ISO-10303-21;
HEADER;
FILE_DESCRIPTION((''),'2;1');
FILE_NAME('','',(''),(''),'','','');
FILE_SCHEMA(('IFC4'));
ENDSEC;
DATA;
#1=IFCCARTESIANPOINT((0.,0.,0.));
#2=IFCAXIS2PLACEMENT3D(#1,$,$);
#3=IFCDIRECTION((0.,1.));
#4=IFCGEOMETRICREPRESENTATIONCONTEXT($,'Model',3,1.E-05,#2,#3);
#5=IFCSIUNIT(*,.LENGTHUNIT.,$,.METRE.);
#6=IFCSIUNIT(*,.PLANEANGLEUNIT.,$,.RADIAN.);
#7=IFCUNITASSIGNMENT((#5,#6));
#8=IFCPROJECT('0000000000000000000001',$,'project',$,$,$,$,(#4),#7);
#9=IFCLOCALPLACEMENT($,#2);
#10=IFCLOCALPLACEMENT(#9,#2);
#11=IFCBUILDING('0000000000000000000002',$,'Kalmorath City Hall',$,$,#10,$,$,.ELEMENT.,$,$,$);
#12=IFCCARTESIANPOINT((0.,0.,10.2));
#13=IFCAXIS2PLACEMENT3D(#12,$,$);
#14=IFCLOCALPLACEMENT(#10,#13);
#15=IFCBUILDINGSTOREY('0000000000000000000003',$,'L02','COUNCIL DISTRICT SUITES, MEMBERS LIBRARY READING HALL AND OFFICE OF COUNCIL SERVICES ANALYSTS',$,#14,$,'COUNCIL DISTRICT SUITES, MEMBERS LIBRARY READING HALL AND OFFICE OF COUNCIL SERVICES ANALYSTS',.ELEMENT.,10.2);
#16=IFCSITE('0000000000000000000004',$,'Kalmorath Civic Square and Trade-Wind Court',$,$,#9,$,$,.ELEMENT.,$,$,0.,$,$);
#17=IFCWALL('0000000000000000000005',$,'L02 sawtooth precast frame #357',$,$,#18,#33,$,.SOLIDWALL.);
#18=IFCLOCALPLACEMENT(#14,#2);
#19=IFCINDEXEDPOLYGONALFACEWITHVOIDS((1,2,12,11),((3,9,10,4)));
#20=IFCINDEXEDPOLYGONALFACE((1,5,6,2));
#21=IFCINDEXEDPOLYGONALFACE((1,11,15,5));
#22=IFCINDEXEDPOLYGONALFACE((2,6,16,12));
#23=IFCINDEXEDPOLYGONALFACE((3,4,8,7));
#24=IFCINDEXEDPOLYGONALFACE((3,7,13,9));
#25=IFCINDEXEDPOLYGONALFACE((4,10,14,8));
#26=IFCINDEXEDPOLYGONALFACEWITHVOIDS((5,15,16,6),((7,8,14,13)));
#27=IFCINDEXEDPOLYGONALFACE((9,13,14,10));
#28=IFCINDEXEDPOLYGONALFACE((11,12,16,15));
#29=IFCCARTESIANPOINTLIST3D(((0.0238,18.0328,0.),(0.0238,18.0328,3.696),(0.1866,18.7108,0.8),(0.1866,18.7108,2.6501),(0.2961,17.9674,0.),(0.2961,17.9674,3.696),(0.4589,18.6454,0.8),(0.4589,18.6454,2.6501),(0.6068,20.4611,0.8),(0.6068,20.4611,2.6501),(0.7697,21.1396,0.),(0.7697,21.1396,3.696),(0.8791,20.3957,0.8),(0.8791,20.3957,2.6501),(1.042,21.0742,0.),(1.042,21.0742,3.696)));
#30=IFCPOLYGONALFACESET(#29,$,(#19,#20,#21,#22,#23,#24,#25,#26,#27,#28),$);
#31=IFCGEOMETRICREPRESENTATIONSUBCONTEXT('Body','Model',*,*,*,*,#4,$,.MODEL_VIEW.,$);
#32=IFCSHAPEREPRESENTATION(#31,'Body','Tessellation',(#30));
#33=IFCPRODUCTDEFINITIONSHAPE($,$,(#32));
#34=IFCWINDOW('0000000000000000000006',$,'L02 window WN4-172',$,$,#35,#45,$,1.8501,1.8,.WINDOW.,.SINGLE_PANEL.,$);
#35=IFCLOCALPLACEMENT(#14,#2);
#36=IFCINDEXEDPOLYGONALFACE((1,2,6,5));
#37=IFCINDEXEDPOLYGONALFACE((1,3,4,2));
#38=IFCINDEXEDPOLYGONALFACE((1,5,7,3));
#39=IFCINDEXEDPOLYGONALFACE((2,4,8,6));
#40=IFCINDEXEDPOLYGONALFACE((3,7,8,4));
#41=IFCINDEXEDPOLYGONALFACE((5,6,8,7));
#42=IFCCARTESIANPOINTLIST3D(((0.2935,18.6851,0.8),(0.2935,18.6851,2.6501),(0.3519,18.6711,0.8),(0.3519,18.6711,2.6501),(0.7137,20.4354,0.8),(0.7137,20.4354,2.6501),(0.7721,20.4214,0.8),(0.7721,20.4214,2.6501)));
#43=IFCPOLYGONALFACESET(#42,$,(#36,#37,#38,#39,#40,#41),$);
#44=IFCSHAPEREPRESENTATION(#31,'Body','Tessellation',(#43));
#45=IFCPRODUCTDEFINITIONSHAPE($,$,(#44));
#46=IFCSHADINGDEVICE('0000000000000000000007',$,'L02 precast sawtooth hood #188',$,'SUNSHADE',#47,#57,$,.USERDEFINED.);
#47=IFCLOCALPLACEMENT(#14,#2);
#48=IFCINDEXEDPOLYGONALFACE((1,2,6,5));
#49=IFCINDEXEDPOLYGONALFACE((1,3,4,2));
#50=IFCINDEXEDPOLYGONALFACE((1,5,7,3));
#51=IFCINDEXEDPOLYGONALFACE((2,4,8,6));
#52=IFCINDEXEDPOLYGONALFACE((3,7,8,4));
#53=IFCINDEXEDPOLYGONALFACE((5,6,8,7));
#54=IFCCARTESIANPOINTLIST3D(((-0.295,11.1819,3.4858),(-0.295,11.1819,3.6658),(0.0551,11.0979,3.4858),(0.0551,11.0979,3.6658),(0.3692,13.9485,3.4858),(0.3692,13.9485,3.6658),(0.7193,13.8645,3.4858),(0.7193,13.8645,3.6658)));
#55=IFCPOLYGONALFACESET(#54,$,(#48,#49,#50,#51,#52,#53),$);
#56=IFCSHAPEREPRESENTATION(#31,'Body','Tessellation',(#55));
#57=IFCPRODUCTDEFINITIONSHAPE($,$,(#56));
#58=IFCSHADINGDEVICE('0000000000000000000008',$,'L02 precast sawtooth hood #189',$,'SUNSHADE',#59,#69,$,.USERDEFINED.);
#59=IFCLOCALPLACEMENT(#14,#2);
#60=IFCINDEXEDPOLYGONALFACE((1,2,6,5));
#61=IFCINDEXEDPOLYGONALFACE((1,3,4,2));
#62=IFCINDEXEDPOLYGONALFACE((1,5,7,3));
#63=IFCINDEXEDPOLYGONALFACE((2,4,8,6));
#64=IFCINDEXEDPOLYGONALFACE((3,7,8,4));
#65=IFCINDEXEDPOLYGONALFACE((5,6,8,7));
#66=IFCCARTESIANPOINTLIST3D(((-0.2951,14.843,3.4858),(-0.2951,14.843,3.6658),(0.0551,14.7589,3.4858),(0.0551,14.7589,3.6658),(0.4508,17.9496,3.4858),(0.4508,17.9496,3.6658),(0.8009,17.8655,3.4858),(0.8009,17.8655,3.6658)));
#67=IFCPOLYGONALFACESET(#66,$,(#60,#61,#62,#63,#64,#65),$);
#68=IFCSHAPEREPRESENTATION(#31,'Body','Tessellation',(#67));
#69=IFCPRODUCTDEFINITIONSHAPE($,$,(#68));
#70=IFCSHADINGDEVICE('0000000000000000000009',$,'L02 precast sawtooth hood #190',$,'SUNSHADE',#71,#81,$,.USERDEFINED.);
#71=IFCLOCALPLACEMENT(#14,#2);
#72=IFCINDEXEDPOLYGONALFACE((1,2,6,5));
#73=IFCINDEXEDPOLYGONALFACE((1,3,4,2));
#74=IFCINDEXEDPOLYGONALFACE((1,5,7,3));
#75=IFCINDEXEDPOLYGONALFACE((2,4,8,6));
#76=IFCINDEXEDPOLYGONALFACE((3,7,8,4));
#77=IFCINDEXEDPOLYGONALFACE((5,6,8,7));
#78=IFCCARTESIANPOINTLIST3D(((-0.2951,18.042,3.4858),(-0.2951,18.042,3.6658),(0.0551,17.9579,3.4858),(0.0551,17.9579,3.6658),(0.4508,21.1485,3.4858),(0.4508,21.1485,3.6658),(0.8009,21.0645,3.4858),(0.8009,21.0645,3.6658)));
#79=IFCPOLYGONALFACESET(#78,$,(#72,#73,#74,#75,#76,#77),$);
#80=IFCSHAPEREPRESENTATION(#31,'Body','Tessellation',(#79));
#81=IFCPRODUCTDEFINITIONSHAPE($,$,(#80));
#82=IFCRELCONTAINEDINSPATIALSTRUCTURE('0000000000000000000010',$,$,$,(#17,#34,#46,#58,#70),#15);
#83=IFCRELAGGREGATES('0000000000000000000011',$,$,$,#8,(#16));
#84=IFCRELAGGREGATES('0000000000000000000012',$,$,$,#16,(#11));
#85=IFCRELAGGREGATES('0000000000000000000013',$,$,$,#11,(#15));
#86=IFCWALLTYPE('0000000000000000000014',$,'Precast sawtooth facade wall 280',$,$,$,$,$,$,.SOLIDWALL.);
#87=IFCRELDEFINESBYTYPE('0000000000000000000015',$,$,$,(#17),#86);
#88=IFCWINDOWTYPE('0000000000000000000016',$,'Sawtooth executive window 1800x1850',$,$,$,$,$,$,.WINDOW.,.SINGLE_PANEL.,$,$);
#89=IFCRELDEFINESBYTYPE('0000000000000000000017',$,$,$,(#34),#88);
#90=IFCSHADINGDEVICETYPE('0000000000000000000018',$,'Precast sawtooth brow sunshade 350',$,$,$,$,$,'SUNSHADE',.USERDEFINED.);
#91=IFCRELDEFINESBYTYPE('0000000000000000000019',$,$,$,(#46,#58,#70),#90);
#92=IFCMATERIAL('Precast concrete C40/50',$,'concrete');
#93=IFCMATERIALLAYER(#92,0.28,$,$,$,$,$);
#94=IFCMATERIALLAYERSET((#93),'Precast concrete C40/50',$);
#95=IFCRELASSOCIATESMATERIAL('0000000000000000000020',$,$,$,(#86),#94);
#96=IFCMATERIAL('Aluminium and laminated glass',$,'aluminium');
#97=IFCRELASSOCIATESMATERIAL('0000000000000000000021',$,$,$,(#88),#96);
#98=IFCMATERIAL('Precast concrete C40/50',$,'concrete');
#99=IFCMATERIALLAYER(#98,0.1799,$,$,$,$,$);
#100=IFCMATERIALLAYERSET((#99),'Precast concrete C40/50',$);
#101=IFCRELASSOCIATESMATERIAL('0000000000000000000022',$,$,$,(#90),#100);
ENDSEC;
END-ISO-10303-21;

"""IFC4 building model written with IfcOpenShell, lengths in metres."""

from ifc_helpers import new_model, si_unit, direction, frame, frame_2d, origin, origin_2d, place, context, subcontext, project, spatial, rectangle, extrude, material, layer, layer_set, type_object, element, fill, save


model = new_model("IFC4")

# Units and contexts
model_context = context("Model", 3, precision=1e-05, world=origin(), true_north=direction((0.0, 1.0)))
body_context = subcontext(model_context, "Body", "Model", "MODEL_VIEW")
ifc_project = project(units=[si_unit("LENGTHUNIT", "METRE"), si_unit("PLANEANGLEUNIT", "RADIAN")], contexts=[model_context])

# Site, building, storey
site_placement = place(None, origin())
site = spatial("IfcSite", under=ifc_project, at=site_placement, Name="Kalmorath Civic Square and Trade-Wind Court", CompositionType="ELEMENT", RefElevation=0.0)
building_placement = place(site_placement, origin())
building = spatial("IfcBuilding", under=site, at=building_placement, Name="Kalmorath City Hall", CompositionType="ELEMENT")
storey_placement = place(building_placement, frame((0.0, 0.0, 10.2)))
storey = spatial("IfcBuildingStorey", under=building, at=storey_placement, Name="L02", Description="COUNCIL DISTRICT SUITES, MEMBERS LIBRARY READING HALL AND OFFICE OF COUNCIL SERVICES ANALYSTS", LongName="COUNCIL DISTRICT SUITES, MEMBERS LIBRARY READING HALL AND OFFICE OF COUNCIL SERVICES ANALYSTS", CompositionType="ELEMENT", Elevation=10.2)

# Wall, opening, window
ifc_material_1 = material(Name="Precast concrete C40/50", Category="concrete")
ifc_layer_1 = layer(ifc_material_1, 0.28)
ifc_layer_set_1 = layer_set([ifc_layer_1], Name="Precast concrete C40/50")
wall_type_1 = type_object("IfcWallType", Name="Precast sawtooth facade wall 280", PredefinedType="SOLIDWALL", material=ifc_layer_set_1)
ifc_material_2 = material(Name="Aluminium and laminated glass", Category="aluminium")
window_type = type_object("IfcWindowType", Name="Sawtooth executive window 1800x1850", PartitioningType="SINGLE_PANEL", PredefinedType="WINDOW", material=ifc_material_2)
wall_1_placement = place(storey_placement, frame((0.1599, 18.0, 0.0), z_axis=(0.0, 0.0, 1.0), x_axis=(0.233445, 0.97237, 0.0)))
wall_1 = element("IfcWall", 1, at=wall_1_placement, inside=storey, type_object=wall_type_1, Name="L02 sawtooth precast frame #357", PredefinedType="SOLIDWALL", context=body_context, shape_type="SweptSolid", body=[
    extrude(rectangle(XDim=3.1951, YDim=0.28, at=frame_2d((1.5977, 0.0))), origin(), (0.0, 0.0, 1.0), 3.696),
])
opening_1_placement = place(wall_1_placement, frame((0.6975, 0.0, 0.8)))
opening_1 = element("IfcOpeningElement", 2, at=opening_1_placement, cuts=wall_1, PredefinedType="OPENING", context=body_context, shape_type="SweptSolid", body=[
    extrude(rectangle(XDim=1.8, YDim=1.8501, at=frame_2d((0.8999, 0.925))), frame((0.0, 0.1499, 0.0), z_axis=(0.0, -1.0, 0.0), x_axis=(1.0, 0.0, 0.0)), (0.0, 0.0, 1.0), 0.3),
])
window_1_placement = place(opening_1_placement, origin())
window_1 = element("IfcWindow", 3, at=window_1_placement, inside=storey, type_object=window_type, Name="L02 window WN4-172", OverallHeight=1.8501, OverallWidth=1.8, PartitioningType="SINGLE_PANEL", PredefinedType="WINDOW", context=body_context, shape_type="SweptSolid", body=[
    extrude(rectangle(XDim=1.8, YDim=1.8501, at=frame_2d((0.8999, 0.925))), frame((0.0, 0.03, 0.0), z_axis=(0.0, -1.0, 0.0), x_axis=(1.0, 0.0, 0.0)), (0.0, 0.0, 1.0), 0.0601),
])
fill(opening_1, window_1)

# Shading devices
ifc_material_3 = material(Name="Precast concrete C40/50", Category="concrete")
ifc_layer_2 = layer(ifc_material_3, 0.1799)
ifc_layer_set_2 = layer_set([ifc_layer_2], Name="Precast concrete C40/50")
shading_device_type = type_object("IfcShadingDeviceType", Name="Precast sawtooth brow sunshade 350", ElementType="SUNSHADE", PredefinedType="USERDEFINED", material=ifc_layer_set_2)
shading_device_placement = place(storey_placement, frame((0.2122, 12.5232, 3.4858), z_axis=(0.0, 0.0, 1.0), x_axis=(0.233445, 0.97237, 0.0)))
element("IfcShadingDevice", 4, at=shading_device_placement, inside=storey, type_object=shading_device_type, Name="L02 precast sawtooth hood #188", ObjectType="SUNSHADE", PredefinedType="USERDEFINED", context=body_context, shape_type="SweptSolid", body=[
    extrude(rectangle(XDim=2.8452, YDim=0.3601, at=origin_2d()), origin(), (0.0, 0.0, 1.0), 0.1799),
])
for number, where, z_axis, x_axis, name in (
    (5, (0.2529, 16.3542, 3.4858), (0.0, 0.0, 1.0), (0.233445, 0.97237, 0.0), "L02 precast sawtooth hood #189"),
    (6, (0.2529, 19.5532, 3.4858), (0.0, 0.0, 1.0), (0.233445, 0.97237, 0.0), "L02 precast sawtooth hood #190"),
):
    element("IfcShadingDevice", number, at=place(storey_placement, frame(where, z_axis=z_axis, x_axis=x_axis)), inside=storey, type_object=shading_device_type, Name=name, ObjectType="SUNSHADE", PredefinedType="USERDEFINED", context=body_context, shape_type="SweptSolid", body=[
        extrude(rectangle(XDim=3.1948, YDim=0.3601, at=origin_2d()), origin(), (0.0, 0.0, 1.0), 0.1799),
    ])

save(model, "model.ifc")
